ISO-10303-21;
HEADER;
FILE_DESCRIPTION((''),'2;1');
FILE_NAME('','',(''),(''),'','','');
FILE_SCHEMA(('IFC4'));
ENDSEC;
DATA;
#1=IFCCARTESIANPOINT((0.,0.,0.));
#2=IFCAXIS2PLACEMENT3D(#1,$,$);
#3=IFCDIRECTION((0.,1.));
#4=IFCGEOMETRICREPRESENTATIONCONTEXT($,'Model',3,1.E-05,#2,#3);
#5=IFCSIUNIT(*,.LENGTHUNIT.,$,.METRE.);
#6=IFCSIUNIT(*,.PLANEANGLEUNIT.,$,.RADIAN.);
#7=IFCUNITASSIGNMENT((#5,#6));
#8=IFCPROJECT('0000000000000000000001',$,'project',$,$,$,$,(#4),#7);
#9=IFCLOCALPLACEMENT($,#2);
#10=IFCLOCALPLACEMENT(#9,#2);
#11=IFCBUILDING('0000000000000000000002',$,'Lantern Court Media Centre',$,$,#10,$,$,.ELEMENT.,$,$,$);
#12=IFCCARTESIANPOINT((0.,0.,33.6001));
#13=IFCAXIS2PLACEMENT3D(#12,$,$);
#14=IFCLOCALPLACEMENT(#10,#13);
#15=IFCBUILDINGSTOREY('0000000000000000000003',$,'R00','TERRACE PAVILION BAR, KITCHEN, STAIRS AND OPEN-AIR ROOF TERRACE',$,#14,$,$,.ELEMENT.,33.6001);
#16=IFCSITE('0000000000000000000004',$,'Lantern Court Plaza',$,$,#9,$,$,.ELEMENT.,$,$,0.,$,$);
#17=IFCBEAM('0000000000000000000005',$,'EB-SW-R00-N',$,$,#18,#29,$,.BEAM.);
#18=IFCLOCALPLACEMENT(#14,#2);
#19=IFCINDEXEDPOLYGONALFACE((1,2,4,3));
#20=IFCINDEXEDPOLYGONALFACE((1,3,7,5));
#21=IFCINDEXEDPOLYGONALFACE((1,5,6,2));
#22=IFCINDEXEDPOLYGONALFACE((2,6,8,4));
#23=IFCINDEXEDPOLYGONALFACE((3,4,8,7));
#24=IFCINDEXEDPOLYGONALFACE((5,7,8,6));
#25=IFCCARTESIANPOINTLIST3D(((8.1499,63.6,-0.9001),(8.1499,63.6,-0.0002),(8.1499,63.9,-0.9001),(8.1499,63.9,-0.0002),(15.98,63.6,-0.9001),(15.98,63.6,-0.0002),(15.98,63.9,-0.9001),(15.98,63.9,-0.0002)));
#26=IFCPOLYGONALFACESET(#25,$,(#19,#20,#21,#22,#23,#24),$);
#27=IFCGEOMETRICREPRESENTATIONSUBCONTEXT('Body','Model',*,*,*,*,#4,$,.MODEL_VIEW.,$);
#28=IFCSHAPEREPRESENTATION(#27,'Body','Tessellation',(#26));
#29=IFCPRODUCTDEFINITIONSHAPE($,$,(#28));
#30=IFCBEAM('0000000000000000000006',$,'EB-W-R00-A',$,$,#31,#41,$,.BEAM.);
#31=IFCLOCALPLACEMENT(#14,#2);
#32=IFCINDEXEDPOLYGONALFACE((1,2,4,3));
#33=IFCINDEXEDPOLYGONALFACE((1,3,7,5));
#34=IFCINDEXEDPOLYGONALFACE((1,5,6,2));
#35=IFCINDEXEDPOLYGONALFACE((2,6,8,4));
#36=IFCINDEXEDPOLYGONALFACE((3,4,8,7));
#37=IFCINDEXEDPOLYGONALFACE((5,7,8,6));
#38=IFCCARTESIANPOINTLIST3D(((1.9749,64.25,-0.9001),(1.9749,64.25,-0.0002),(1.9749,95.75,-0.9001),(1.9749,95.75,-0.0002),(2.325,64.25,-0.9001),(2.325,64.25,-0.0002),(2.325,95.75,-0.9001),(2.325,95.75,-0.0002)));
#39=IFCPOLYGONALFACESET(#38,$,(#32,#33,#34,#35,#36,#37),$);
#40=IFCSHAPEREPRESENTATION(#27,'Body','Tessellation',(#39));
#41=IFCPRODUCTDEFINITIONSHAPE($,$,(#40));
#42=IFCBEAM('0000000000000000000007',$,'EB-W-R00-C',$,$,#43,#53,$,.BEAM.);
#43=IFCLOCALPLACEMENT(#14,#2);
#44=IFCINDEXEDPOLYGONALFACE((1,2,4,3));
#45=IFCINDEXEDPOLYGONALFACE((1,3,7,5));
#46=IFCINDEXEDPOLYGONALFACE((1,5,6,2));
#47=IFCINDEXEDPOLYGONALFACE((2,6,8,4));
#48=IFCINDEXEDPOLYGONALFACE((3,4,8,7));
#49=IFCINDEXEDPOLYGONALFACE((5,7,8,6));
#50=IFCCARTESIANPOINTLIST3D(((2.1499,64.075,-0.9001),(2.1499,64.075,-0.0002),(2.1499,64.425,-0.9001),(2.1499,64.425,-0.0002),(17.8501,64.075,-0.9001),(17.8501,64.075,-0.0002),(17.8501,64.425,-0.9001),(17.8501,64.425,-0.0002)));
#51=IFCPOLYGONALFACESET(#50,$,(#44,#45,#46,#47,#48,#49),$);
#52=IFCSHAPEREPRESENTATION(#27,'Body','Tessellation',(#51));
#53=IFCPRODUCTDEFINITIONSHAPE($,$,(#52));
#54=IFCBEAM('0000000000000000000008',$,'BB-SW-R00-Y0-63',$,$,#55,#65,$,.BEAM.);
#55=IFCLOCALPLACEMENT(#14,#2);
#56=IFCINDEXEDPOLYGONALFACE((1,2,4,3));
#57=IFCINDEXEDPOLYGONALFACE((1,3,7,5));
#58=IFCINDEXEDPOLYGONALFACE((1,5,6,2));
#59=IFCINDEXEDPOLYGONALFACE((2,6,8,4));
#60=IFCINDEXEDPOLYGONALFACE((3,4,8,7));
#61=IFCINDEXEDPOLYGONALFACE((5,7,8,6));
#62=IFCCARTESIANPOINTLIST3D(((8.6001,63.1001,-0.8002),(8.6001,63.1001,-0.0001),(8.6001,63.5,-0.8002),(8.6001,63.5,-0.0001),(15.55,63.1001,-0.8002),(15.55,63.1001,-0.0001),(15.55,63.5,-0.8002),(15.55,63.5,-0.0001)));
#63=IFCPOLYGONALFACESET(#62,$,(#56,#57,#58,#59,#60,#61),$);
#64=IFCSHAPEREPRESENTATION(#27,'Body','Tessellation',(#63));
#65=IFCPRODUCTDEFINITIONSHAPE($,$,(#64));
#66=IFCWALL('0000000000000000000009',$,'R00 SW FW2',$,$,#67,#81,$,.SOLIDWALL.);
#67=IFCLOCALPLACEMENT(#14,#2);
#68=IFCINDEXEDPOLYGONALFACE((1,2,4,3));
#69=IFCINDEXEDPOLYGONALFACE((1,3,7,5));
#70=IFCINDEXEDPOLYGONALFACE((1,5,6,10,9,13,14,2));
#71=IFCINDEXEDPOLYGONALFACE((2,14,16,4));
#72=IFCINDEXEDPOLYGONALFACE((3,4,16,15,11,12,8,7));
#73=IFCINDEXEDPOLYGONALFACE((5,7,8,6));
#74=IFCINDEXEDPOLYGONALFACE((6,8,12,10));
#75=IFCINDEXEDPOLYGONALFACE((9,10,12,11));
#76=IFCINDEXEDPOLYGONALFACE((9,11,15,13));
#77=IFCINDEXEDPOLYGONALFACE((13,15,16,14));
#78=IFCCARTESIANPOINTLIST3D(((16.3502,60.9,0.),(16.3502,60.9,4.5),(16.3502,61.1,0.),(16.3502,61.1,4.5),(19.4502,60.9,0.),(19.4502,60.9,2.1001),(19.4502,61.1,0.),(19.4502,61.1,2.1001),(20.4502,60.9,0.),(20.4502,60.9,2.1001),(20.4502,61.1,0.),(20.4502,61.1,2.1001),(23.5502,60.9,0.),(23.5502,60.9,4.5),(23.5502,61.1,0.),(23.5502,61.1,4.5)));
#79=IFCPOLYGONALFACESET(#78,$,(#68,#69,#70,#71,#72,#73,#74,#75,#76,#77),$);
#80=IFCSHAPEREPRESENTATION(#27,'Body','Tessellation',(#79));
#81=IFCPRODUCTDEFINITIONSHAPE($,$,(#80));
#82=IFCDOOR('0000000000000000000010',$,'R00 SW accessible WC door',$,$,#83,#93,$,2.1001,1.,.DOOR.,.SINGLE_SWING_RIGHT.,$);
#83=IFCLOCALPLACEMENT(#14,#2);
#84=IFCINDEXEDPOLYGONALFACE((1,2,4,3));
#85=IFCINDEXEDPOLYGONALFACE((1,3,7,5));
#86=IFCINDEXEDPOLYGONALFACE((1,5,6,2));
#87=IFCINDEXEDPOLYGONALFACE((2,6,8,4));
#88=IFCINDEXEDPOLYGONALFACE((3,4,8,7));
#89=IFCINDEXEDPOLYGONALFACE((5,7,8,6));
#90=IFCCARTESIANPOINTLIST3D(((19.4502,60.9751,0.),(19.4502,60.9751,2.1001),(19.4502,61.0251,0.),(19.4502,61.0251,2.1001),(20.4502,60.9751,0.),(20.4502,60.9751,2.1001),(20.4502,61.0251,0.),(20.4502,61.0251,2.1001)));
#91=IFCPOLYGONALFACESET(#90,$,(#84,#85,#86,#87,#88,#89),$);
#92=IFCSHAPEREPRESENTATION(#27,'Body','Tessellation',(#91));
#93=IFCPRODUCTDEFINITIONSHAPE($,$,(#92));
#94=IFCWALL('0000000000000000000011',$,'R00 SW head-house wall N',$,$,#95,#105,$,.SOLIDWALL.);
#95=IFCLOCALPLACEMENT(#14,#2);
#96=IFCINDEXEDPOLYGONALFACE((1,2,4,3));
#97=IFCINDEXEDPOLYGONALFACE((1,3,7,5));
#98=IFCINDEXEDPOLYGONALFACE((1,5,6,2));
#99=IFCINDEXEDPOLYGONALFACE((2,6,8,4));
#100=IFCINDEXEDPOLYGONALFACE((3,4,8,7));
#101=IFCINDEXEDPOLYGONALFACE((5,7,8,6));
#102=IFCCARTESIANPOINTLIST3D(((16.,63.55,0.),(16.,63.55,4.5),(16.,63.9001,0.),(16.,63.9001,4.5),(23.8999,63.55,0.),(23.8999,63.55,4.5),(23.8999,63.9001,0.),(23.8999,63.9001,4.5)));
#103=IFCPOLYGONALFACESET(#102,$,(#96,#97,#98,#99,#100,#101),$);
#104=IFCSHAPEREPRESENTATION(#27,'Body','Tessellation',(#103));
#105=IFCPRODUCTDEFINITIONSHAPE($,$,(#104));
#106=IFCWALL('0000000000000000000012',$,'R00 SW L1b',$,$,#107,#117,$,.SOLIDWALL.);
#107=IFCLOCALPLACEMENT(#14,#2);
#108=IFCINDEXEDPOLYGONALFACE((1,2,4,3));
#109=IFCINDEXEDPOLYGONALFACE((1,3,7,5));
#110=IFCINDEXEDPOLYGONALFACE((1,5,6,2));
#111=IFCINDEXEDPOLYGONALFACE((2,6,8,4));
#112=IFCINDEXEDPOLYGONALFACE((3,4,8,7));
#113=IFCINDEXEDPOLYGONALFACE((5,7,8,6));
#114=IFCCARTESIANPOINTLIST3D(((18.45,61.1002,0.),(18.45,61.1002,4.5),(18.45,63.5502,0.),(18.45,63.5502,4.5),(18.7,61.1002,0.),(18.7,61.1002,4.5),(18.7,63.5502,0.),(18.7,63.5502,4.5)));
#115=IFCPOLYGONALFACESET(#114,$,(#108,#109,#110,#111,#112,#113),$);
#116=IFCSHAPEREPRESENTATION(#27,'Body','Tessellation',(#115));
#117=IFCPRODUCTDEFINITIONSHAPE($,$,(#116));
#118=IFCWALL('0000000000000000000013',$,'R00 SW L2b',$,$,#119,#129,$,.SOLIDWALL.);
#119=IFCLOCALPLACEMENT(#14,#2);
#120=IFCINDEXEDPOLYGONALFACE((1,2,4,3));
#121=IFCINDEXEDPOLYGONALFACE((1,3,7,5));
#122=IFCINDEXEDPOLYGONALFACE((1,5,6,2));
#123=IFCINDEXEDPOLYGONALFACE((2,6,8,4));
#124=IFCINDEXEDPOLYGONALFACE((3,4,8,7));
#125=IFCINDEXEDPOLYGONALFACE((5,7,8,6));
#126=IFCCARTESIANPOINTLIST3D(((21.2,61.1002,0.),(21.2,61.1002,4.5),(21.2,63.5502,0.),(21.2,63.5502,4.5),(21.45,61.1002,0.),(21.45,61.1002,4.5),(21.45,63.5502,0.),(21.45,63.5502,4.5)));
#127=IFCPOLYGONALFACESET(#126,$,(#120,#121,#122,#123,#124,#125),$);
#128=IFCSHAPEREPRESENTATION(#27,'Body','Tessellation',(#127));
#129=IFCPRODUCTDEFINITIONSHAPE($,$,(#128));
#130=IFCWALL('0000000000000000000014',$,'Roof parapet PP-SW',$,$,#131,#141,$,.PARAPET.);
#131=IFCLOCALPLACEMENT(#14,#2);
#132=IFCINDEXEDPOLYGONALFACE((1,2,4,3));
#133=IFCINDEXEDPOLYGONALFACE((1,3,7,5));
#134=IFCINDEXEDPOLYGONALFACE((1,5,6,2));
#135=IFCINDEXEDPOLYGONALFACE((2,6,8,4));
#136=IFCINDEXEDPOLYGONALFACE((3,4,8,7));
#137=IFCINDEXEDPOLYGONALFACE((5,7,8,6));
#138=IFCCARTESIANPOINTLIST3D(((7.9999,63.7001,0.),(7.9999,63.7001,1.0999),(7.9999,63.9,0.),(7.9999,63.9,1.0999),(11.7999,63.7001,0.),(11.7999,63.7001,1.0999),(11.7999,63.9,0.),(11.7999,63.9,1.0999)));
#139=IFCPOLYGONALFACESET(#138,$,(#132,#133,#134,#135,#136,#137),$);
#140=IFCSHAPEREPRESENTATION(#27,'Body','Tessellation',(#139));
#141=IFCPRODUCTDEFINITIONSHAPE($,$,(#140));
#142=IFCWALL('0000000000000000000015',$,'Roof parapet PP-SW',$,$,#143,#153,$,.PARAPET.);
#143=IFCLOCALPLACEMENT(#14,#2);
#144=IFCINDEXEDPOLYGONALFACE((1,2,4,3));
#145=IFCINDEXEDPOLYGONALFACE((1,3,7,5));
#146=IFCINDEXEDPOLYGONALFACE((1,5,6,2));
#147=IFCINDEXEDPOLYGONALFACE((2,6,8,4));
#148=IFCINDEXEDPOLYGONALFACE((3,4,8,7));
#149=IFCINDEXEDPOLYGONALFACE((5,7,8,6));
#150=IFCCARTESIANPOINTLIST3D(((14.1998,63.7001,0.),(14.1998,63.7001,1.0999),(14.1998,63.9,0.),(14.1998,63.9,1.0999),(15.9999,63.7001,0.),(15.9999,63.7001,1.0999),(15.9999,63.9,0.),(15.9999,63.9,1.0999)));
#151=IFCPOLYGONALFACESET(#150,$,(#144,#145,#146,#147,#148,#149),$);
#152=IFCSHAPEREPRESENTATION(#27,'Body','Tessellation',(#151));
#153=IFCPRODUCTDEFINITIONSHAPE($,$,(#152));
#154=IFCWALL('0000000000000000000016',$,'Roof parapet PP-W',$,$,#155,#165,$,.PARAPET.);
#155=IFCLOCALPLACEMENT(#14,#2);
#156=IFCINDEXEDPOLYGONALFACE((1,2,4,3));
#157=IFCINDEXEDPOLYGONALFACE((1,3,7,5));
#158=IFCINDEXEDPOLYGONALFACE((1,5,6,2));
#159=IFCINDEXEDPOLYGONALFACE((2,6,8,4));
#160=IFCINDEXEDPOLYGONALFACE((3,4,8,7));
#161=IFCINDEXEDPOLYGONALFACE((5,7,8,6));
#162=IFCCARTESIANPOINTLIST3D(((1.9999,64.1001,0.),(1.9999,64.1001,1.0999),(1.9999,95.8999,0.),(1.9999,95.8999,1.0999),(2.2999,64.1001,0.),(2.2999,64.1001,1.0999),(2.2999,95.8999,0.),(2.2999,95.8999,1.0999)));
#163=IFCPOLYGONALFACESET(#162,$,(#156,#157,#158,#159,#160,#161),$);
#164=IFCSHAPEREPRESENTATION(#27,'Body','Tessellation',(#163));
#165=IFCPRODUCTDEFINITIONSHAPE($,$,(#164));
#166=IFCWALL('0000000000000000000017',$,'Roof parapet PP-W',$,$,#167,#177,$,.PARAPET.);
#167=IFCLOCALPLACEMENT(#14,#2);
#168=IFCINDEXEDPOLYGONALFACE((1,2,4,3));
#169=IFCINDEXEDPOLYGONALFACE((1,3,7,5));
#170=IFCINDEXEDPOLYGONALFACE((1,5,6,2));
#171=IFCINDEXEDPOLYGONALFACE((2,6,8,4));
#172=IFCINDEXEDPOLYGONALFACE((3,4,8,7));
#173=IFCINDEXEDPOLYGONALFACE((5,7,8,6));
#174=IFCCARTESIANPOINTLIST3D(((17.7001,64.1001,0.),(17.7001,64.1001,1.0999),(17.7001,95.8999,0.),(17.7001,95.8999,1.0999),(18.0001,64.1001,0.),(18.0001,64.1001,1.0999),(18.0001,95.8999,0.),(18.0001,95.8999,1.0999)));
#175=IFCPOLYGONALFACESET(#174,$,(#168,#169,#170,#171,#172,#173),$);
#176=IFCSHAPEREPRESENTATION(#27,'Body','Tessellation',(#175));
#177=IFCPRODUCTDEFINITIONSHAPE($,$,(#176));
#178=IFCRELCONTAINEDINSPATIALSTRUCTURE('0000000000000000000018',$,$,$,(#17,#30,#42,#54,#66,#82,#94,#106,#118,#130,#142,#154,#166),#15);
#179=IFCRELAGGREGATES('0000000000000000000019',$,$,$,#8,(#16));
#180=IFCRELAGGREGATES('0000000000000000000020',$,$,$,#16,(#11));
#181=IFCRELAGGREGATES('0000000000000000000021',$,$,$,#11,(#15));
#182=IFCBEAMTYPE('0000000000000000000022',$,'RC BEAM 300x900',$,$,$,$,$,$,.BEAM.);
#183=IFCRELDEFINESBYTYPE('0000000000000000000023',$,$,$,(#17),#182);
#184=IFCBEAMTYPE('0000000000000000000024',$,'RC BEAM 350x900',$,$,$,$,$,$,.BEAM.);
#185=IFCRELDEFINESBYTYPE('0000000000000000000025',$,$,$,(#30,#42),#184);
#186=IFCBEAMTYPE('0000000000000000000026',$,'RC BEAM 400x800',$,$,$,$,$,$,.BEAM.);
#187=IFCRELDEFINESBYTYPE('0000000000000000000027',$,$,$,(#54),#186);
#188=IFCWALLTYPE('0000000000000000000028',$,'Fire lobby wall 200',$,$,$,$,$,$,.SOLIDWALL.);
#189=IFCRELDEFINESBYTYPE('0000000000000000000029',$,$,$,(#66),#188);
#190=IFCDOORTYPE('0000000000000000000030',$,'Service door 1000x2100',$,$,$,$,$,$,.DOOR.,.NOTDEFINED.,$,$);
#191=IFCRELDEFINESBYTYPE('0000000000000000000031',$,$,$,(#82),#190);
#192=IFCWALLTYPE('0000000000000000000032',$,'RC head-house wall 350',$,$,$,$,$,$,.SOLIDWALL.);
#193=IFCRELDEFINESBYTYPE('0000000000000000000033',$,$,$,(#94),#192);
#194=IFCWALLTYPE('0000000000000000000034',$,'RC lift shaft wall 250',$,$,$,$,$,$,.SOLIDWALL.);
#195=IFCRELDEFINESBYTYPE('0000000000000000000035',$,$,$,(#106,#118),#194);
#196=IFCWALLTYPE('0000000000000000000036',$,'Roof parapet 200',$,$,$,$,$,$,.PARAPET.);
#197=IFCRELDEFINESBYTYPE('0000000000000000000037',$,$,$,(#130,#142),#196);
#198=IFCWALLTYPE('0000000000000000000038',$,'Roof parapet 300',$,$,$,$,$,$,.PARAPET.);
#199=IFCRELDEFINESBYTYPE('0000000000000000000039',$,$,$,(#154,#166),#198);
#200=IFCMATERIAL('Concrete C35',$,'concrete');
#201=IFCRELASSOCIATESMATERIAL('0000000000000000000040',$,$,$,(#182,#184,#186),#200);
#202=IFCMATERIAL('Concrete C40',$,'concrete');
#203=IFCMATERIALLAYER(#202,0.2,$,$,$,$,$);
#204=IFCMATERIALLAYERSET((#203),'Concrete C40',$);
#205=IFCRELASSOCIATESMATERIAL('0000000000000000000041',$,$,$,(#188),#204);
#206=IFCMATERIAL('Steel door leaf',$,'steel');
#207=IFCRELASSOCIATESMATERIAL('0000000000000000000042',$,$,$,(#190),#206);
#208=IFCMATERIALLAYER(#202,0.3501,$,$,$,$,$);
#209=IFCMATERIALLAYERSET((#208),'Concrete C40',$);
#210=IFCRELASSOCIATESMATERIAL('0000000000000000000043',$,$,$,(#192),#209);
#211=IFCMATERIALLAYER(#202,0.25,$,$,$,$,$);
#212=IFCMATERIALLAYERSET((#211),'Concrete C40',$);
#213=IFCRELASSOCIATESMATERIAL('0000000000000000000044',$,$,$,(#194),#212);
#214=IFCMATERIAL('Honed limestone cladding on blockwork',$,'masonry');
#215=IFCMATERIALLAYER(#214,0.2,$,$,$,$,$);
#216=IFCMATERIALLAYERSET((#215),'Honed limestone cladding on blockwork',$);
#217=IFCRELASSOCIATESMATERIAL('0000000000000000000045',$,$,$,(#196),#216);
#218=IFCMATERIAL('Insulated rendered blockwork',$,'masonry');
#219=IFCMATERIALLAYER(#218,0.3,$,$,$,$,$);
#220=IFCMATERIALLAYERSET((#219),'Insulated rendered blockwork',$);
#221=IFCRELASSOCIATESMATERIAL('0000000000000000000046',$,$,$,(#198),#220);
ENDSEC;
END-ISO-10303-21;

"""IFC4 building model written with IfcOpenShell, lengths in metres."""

from ifc_helpers import new_model, si_unit, direction, frame, frame_2d, origin, origin_2d, place, context, subcontext, project, spatial, rectangle, extrude, material, layer, layer_set, material_profile, profile_set, type_object, element, fill, save


model = new_model("IFC4")

# Units and contexts
model_context = context("Model", 3, precision=1e-05, world=origin(), true_north=direction((0.0, 1.0)))
body_context = subcontext(model_context, "Body", "Model", "MODEL_VIEW")
ifc_project = project(units=[si_unit("LENGTHUNIT", "METRE"), si_unit("PLANEANGLEUNIT", "RADIAN")], contexts=[model_context])

# Site, building, storey
site_placement = place(None, origin())
site = spatial("IfcSite", under=ifc_project, at=site_placement, Name="Lantern Court Plaza", CompositionType="ELEMENT", RefElevation=0.0)
building_placement = place(site_placement, origin())
building = spatial("IfcBuilding", under=site, at=building_placement, Name="Lantern Court Media Centre", CompositionType="ELEMENT")
storey_placement = place(building_placement, frame((0.0, 0.0, 33.6001)))
storey = spatial("IfcBuildingStorey", under=building, at=storey_placement, Name="R00", Description="TERRACE PAVILION BAR, KITCHEN, STAIRS AND OPEN-AIR ROOF TERRACE", CompositionType="ELEMENT", Elevation=33.6001)

# Beams
ifc_material_1 = material(Name="Concrete C35", Category="concrete")
ifc_material_profile_1 = material_profile(ifc_material_1, rectangle(XDim=0.3, YDim=0.8999, at=origin_2d()), Name="RC 300x900")
ifc_profile_set_1 = profile_set([ifc_material_profile_1], Name="Concrete C35")
beam_type_1 = type_object("IfcBeamType", Name="RC BEAM 300x900", PredefinedType="BEAM", material=ifc_profile_set_1)
beam_1_placement = place(storey_placement, frame((8.1499, 63.75, -0.4502), z_axis=(1.0, 0.0, 0.0), x_axis=(0.0, 1.0, 0.0)))
element("IfcBeam", 1, at=beam_1_placement, inside=storey, type_object=beam_type_1, Name="EB-SW-R00-N", PredefinedType="BEAM", context=body_context, shape_type="SweptSolid", body=[
    extrude(rectangle(XDim=0.3, YDim=0.8999, at=origin_2d()), origin(), (0.0, 0.0, 1.0), 7.8301),
])
ifc_material_profile_2 = material_profile(ifc_material_1, rectangle(XDim=0.3501, YDim=0.8999, at=origin_2d()), Name="RC 350x900")
ifc_profile_set_2 = profile_set([ifc_material_profile_2], Name="Concrete C35")
beam_type_2 = type_object("IfcBeamType", Name="RC BEAM 350x900", PredefinedType="BEAM", material=ifc_profile_set_2)
beam_2_placement = place(storey_placement, frame((2.1499, 64.25, -0.4502), z_axis=(0.0, 1.0, 0.0), x_axis=(-1.0, 0.0, 0.0)))
element("IfcBeam", 2, at=beam_2_placement, inside=storey, type_object=beam_type_2, Name="EB-W-R00-A", PredefinedType="BEAM", context=body_context, shape_type="SweptSolid", body=[
    extrude(rectangle(XDim=0.3501, YDim=0.8999, at=origin_2d()), origin(), (0.0, 0.0, 1.0), 31.5),
])
beam_3_placement = place(storey_placement, frame((2.1499, 64.25, -0.4502), z_axis=(1.0, 0.0, 0.0), x_axis=(0.0, 1.0, 0.0)))
element("IfcBeam", 3, at=beam_3_placement, inside=storey, type_object=beam_type_2, Name="EB-W-R00-C", PredefinedType="BEAM", context=body_context, shape_type="SweptSolid", body=[
    extrude(rectangle(XDim=0.3501, YDim=0.8999, at=origin_2d()), origin(), (0.0, 0.0, 1.0), 15.7002),
])
ifc_material_profile_3 = material_profile(ifc_material_1, rectangle(XDim=0.3999, YDim=0.8, at=origin_2d()), Name="RC 400x800")
ifc_profile_set_3 = profile_set([ifc_material_profile_3], Name="Concrete C35")
beam_type_3 = type_object("IfcBeamType", Name="RC BEAM 400x800", PredefinedType="BEAM", material=ifc_profile_set_3)
beam_4_placement = place(storey_placement, frame((8.6001, 63.3, -0.4001), z_axis=(1.0, 0.0, 0.0), x_axis=(0.0, 1.0, 0.0)))
element("IfcBeam", 4, at=beam_4_placement, inside=storey, type_object=beam_type_3, Name="BB-SW-R00-Y0-63", PredefinedType="BEAM", context=body_context, shape_type="SweptSolid", body=[
    extrude(rectangle(XDim=0.3999, YDim=0.8, at=origin_2d()), origin(), (0.0, 0.0, 1.0), 6.95),
])

# Wall, opening, door
ifc_material_2 = material(Name="Concrete C40", Category="concrete")
ifc_layer_1 = layer(ifc_material_2, 0.2)
ifc_layer_set_1 = layer_set([ifc_layer_1], Name="Concrete C40")
wall_type_1 = type_object("IfcWallType", Name="Fire lobby wall 200", PredefinedType="SOLIDWALL", material=ifc_layer_set_1)
wall_1_placement = place(storey_placement, frame((16.3501, 61.0, 0.0), z_axis=(0.0, 0.0, 1.0), x_axis=(1.0, 0.0, 0.0)))
wall_1 = element("IfcWall", 5, at=wall_1_placement, inside=storey, type_object=wall_type_1, Name="R00 SW FW2", PredefinedType="SOLIDWALL", context=body_context, shape_type="SweptSolid", body=[
    extrude(rectangle(XDim=7.2, YDim=0.2, at=frame_2d((3.6001, 0.0))), origin(), (0.0, 0.0, 1.0), 4.5),
])
opening_placement = place(wall_1_placement, frame((3.1001, 0.0, 0.0)))
opening = element("IfcOpeningElement", 6, at=opening_placement, cuts=wall_1, PredefinedType="OPENING", context=body_context, shape_type="SweptSolid", body=[
    extrude(rectangle(XDim=1.0, YDim=2.1001, at=frame_2d((0.5, 1.05))), frame((0.0, 0.1099, 0.0), z_axis=(0.0, -1.0, 0.0), x_axis=(1.0, 0.0, 0.0)), (0.0, 0.0, 1.0), 0.22),
])
ifc_material_3 = material(Name="Steel door leaf", Category="steel")
door_type = type_object("IfcDoorType", Name="Service door 1000x2100", OperationType="NOTDEFINED", PredefinedType="DOOR", material=ifc_material_3)
door_placement = place(opening_placement, frame((1.0, 0.0, 0.0), z_axis=(0.0, 0.0, 1.0), x_axis=(-1.0, 0.0, 0.0)))
door = element("IfcDoor", 7, at=door_placement, inside=storey, type_object=door_type, Name="R00 SW accessible WC door", OperationType="SINGLE_SWING_RIGHT", OverallHeight=2.1001, OverallWidth=1.0, PredefinedType="DOOR", context=body_context, shape_type="SweptSolid", body=[
    extrude(rectangle(XDim=1.0, YDim=2.1001, at=frame_2d((0.5, 1.05))), frame((0.0, 0.0249, 0.0), z_axis=(0.0, -1.0, 0.0), x_axis=(1.0, 0.0, 0.0)), (0.0, 0.0, 1.0), 0.05),
])
fill(opening, door)

# Walls
ifc_layer_2 = layer(ifc_material_2, 0.3501)
ifc_layer_set_2 = layer_set([ifc_layer_2], Name="Concrete C40")
wall_type_2 = type_object("IfcWallType", Name="RC head-house wall 350", PredefinedType="SOLIDWALL", material=ifc_layer_set_2)
wall_2_placement = place(storey_placement, frame((16.0, 63.7251, 0.0), z_axis=(0.0, 0.0, 1.0), x_axis=(1.0, 0.0, 0.0)))
element("IfcWall", 8, at=wall_2_placement, inside=storey, type_object=wall_type_2, Name="R00 SW head-house wall N", PredefinedType="SOLIDWALL", context=body_context, shape_type="SweptSolid", body=[
    extrude(rectangle(XDim=7.8999, YDim=0.3501, at=frame_2d((3.95, 0.0))), origin(), (0.0, 0.0, 1.0), 4.5),
])
ifc_layer_3 = layer(ifc_material_2, 0.25)
ifc_layer_set_3 = layer_set([ifc_layer_3], Name="Concrete C40")
wall_type_3 = type_object("IfcWallType", Name="RC lift shaft wall 250", PredefinedType="SOLIDWALL", material=ifc_layer_set_3)
for number, where, z_axis, x_axis, name in (
    (9, (18.575, 61.1001, 0.0), (0.0, 0.0, 1.0), (0.0, 1.0, 0.0), "R00 SW L1b"),
    (10, (21.325, 61.1001, 0.0), (0.0, 0.0, 1.0), (0.0, 1.0, 0.0), "R00 SW L2b"),
):
    element("IfcWall", number, at=place(storey_placement, frame(where, z_axis=z_axis, x_axis=x_axis)), inside=storey, type_object=wall_type_3, Name=name, PredefinedType="SOLIDWALL", context=body_context, shape_type="SweptSolid", body=[
        extrude(rectangle(XDim=2.45, YDim=0.25, at=frame_2d((1.2251, 0.0))), origin(), (0.0, 0.0, 1.0), 4.5),
    ])
ifc_material_4 = material(Name="Honed limestone cladding on blockwork", Category="masonry")
ifc_layer_4 = layer(ifc_material_4, 0.2)
ifc_layer_set_4 = layer_set([ifc_layer_4], Name="Honed limestone cladding on blockwork")
wall_type_4 = type_object("IfcWallType", Name="Roof parapet 200", PredefinedType="PARAPET", material=ifc_layer_set_4)
wall_3_placement = place(storey_placement, frame((8.0, 63.8, 0.0), z_axis=(0.0, 0.0, 1.0), x_axis=(1.0, 0.0, 0.0)))
element("IfcWall", 11, at=wall_3_placement, inside=storey, type_object=wall_type_4, Name="Roof parapet PP-SW", PredefinedType="PARAPET", context=body_context, shape_type="SweptSolid", body=[
    extrude(rectangle(XDim=3.8, YDim=0.2, at=frame_2d((1.8999, 0.0))), origin(), (0.0, 0.0, 1.0), 1.0999),
])
wall_4_placement = place(storey_placement, frame((14.2, 63.8, 0.0), z_axis=(0.0, 0.0, 1.0), x_axis=(1.0, 0.0, 0.0)))
element("IfcWall", 12, at=wall_4_placement, inside=storey, type_object=wall_type_4, Name="Roof parapet PP-SW", PredefinedType="PARAPET", context=body_context, shape_type="SweptSolid", body=[
    extrude(rectangle(XDim=1.8, YDim=0.2, at=frame_2d((0.8999, 0.0))), origin(), (0.0, 0.0, 1.0), 1.0999),
])
ifc_material_5 = material(Name="Insulated rendered blockwork", Category="masonry")
ifc_layer_5 = layer(ifc_material_5, 0.3)
ifc_layer_set_5 = layer_set([ifc_layer_5], Name="Insulated rendered blockwork")
wall_type_5 = type_object("IfcWallType", Name="Roof parapet 300", PredefinedType="PARAPET", material=ifc_layer_set_5)
for number, where, z_axis, x_axis, name in (
    (13, (2.1499, 64.1001, 0.0), (0.0, 0.0, 1.0), (0.0, 1.0, 0.0), "Roof parapet PP-W"),
    (14, (17.8501, 64.1001, 0.0), (0.0, 0.0, 1.0), (0.0, 1.0, 0.0), "Roof parapet PP-W"),
):
    element("IfcWall", number, at=place(storey_placement, frame(where, z_axis=z_axis, x_axis=x_axis)), inside=storey, type_object=wall_type_5, Name=name, PredefinedType="PARAPET", context=body_context, shape_type="SweptSolid", body=[
        extrude(rectangle(XDim=31.7998, YDim=0.3, at=frame_2d((15.8999, 0.0))), origin(), (0.0, 0.0, 1.0), 1.0999),
    ])

save(model, "model.ifc")
